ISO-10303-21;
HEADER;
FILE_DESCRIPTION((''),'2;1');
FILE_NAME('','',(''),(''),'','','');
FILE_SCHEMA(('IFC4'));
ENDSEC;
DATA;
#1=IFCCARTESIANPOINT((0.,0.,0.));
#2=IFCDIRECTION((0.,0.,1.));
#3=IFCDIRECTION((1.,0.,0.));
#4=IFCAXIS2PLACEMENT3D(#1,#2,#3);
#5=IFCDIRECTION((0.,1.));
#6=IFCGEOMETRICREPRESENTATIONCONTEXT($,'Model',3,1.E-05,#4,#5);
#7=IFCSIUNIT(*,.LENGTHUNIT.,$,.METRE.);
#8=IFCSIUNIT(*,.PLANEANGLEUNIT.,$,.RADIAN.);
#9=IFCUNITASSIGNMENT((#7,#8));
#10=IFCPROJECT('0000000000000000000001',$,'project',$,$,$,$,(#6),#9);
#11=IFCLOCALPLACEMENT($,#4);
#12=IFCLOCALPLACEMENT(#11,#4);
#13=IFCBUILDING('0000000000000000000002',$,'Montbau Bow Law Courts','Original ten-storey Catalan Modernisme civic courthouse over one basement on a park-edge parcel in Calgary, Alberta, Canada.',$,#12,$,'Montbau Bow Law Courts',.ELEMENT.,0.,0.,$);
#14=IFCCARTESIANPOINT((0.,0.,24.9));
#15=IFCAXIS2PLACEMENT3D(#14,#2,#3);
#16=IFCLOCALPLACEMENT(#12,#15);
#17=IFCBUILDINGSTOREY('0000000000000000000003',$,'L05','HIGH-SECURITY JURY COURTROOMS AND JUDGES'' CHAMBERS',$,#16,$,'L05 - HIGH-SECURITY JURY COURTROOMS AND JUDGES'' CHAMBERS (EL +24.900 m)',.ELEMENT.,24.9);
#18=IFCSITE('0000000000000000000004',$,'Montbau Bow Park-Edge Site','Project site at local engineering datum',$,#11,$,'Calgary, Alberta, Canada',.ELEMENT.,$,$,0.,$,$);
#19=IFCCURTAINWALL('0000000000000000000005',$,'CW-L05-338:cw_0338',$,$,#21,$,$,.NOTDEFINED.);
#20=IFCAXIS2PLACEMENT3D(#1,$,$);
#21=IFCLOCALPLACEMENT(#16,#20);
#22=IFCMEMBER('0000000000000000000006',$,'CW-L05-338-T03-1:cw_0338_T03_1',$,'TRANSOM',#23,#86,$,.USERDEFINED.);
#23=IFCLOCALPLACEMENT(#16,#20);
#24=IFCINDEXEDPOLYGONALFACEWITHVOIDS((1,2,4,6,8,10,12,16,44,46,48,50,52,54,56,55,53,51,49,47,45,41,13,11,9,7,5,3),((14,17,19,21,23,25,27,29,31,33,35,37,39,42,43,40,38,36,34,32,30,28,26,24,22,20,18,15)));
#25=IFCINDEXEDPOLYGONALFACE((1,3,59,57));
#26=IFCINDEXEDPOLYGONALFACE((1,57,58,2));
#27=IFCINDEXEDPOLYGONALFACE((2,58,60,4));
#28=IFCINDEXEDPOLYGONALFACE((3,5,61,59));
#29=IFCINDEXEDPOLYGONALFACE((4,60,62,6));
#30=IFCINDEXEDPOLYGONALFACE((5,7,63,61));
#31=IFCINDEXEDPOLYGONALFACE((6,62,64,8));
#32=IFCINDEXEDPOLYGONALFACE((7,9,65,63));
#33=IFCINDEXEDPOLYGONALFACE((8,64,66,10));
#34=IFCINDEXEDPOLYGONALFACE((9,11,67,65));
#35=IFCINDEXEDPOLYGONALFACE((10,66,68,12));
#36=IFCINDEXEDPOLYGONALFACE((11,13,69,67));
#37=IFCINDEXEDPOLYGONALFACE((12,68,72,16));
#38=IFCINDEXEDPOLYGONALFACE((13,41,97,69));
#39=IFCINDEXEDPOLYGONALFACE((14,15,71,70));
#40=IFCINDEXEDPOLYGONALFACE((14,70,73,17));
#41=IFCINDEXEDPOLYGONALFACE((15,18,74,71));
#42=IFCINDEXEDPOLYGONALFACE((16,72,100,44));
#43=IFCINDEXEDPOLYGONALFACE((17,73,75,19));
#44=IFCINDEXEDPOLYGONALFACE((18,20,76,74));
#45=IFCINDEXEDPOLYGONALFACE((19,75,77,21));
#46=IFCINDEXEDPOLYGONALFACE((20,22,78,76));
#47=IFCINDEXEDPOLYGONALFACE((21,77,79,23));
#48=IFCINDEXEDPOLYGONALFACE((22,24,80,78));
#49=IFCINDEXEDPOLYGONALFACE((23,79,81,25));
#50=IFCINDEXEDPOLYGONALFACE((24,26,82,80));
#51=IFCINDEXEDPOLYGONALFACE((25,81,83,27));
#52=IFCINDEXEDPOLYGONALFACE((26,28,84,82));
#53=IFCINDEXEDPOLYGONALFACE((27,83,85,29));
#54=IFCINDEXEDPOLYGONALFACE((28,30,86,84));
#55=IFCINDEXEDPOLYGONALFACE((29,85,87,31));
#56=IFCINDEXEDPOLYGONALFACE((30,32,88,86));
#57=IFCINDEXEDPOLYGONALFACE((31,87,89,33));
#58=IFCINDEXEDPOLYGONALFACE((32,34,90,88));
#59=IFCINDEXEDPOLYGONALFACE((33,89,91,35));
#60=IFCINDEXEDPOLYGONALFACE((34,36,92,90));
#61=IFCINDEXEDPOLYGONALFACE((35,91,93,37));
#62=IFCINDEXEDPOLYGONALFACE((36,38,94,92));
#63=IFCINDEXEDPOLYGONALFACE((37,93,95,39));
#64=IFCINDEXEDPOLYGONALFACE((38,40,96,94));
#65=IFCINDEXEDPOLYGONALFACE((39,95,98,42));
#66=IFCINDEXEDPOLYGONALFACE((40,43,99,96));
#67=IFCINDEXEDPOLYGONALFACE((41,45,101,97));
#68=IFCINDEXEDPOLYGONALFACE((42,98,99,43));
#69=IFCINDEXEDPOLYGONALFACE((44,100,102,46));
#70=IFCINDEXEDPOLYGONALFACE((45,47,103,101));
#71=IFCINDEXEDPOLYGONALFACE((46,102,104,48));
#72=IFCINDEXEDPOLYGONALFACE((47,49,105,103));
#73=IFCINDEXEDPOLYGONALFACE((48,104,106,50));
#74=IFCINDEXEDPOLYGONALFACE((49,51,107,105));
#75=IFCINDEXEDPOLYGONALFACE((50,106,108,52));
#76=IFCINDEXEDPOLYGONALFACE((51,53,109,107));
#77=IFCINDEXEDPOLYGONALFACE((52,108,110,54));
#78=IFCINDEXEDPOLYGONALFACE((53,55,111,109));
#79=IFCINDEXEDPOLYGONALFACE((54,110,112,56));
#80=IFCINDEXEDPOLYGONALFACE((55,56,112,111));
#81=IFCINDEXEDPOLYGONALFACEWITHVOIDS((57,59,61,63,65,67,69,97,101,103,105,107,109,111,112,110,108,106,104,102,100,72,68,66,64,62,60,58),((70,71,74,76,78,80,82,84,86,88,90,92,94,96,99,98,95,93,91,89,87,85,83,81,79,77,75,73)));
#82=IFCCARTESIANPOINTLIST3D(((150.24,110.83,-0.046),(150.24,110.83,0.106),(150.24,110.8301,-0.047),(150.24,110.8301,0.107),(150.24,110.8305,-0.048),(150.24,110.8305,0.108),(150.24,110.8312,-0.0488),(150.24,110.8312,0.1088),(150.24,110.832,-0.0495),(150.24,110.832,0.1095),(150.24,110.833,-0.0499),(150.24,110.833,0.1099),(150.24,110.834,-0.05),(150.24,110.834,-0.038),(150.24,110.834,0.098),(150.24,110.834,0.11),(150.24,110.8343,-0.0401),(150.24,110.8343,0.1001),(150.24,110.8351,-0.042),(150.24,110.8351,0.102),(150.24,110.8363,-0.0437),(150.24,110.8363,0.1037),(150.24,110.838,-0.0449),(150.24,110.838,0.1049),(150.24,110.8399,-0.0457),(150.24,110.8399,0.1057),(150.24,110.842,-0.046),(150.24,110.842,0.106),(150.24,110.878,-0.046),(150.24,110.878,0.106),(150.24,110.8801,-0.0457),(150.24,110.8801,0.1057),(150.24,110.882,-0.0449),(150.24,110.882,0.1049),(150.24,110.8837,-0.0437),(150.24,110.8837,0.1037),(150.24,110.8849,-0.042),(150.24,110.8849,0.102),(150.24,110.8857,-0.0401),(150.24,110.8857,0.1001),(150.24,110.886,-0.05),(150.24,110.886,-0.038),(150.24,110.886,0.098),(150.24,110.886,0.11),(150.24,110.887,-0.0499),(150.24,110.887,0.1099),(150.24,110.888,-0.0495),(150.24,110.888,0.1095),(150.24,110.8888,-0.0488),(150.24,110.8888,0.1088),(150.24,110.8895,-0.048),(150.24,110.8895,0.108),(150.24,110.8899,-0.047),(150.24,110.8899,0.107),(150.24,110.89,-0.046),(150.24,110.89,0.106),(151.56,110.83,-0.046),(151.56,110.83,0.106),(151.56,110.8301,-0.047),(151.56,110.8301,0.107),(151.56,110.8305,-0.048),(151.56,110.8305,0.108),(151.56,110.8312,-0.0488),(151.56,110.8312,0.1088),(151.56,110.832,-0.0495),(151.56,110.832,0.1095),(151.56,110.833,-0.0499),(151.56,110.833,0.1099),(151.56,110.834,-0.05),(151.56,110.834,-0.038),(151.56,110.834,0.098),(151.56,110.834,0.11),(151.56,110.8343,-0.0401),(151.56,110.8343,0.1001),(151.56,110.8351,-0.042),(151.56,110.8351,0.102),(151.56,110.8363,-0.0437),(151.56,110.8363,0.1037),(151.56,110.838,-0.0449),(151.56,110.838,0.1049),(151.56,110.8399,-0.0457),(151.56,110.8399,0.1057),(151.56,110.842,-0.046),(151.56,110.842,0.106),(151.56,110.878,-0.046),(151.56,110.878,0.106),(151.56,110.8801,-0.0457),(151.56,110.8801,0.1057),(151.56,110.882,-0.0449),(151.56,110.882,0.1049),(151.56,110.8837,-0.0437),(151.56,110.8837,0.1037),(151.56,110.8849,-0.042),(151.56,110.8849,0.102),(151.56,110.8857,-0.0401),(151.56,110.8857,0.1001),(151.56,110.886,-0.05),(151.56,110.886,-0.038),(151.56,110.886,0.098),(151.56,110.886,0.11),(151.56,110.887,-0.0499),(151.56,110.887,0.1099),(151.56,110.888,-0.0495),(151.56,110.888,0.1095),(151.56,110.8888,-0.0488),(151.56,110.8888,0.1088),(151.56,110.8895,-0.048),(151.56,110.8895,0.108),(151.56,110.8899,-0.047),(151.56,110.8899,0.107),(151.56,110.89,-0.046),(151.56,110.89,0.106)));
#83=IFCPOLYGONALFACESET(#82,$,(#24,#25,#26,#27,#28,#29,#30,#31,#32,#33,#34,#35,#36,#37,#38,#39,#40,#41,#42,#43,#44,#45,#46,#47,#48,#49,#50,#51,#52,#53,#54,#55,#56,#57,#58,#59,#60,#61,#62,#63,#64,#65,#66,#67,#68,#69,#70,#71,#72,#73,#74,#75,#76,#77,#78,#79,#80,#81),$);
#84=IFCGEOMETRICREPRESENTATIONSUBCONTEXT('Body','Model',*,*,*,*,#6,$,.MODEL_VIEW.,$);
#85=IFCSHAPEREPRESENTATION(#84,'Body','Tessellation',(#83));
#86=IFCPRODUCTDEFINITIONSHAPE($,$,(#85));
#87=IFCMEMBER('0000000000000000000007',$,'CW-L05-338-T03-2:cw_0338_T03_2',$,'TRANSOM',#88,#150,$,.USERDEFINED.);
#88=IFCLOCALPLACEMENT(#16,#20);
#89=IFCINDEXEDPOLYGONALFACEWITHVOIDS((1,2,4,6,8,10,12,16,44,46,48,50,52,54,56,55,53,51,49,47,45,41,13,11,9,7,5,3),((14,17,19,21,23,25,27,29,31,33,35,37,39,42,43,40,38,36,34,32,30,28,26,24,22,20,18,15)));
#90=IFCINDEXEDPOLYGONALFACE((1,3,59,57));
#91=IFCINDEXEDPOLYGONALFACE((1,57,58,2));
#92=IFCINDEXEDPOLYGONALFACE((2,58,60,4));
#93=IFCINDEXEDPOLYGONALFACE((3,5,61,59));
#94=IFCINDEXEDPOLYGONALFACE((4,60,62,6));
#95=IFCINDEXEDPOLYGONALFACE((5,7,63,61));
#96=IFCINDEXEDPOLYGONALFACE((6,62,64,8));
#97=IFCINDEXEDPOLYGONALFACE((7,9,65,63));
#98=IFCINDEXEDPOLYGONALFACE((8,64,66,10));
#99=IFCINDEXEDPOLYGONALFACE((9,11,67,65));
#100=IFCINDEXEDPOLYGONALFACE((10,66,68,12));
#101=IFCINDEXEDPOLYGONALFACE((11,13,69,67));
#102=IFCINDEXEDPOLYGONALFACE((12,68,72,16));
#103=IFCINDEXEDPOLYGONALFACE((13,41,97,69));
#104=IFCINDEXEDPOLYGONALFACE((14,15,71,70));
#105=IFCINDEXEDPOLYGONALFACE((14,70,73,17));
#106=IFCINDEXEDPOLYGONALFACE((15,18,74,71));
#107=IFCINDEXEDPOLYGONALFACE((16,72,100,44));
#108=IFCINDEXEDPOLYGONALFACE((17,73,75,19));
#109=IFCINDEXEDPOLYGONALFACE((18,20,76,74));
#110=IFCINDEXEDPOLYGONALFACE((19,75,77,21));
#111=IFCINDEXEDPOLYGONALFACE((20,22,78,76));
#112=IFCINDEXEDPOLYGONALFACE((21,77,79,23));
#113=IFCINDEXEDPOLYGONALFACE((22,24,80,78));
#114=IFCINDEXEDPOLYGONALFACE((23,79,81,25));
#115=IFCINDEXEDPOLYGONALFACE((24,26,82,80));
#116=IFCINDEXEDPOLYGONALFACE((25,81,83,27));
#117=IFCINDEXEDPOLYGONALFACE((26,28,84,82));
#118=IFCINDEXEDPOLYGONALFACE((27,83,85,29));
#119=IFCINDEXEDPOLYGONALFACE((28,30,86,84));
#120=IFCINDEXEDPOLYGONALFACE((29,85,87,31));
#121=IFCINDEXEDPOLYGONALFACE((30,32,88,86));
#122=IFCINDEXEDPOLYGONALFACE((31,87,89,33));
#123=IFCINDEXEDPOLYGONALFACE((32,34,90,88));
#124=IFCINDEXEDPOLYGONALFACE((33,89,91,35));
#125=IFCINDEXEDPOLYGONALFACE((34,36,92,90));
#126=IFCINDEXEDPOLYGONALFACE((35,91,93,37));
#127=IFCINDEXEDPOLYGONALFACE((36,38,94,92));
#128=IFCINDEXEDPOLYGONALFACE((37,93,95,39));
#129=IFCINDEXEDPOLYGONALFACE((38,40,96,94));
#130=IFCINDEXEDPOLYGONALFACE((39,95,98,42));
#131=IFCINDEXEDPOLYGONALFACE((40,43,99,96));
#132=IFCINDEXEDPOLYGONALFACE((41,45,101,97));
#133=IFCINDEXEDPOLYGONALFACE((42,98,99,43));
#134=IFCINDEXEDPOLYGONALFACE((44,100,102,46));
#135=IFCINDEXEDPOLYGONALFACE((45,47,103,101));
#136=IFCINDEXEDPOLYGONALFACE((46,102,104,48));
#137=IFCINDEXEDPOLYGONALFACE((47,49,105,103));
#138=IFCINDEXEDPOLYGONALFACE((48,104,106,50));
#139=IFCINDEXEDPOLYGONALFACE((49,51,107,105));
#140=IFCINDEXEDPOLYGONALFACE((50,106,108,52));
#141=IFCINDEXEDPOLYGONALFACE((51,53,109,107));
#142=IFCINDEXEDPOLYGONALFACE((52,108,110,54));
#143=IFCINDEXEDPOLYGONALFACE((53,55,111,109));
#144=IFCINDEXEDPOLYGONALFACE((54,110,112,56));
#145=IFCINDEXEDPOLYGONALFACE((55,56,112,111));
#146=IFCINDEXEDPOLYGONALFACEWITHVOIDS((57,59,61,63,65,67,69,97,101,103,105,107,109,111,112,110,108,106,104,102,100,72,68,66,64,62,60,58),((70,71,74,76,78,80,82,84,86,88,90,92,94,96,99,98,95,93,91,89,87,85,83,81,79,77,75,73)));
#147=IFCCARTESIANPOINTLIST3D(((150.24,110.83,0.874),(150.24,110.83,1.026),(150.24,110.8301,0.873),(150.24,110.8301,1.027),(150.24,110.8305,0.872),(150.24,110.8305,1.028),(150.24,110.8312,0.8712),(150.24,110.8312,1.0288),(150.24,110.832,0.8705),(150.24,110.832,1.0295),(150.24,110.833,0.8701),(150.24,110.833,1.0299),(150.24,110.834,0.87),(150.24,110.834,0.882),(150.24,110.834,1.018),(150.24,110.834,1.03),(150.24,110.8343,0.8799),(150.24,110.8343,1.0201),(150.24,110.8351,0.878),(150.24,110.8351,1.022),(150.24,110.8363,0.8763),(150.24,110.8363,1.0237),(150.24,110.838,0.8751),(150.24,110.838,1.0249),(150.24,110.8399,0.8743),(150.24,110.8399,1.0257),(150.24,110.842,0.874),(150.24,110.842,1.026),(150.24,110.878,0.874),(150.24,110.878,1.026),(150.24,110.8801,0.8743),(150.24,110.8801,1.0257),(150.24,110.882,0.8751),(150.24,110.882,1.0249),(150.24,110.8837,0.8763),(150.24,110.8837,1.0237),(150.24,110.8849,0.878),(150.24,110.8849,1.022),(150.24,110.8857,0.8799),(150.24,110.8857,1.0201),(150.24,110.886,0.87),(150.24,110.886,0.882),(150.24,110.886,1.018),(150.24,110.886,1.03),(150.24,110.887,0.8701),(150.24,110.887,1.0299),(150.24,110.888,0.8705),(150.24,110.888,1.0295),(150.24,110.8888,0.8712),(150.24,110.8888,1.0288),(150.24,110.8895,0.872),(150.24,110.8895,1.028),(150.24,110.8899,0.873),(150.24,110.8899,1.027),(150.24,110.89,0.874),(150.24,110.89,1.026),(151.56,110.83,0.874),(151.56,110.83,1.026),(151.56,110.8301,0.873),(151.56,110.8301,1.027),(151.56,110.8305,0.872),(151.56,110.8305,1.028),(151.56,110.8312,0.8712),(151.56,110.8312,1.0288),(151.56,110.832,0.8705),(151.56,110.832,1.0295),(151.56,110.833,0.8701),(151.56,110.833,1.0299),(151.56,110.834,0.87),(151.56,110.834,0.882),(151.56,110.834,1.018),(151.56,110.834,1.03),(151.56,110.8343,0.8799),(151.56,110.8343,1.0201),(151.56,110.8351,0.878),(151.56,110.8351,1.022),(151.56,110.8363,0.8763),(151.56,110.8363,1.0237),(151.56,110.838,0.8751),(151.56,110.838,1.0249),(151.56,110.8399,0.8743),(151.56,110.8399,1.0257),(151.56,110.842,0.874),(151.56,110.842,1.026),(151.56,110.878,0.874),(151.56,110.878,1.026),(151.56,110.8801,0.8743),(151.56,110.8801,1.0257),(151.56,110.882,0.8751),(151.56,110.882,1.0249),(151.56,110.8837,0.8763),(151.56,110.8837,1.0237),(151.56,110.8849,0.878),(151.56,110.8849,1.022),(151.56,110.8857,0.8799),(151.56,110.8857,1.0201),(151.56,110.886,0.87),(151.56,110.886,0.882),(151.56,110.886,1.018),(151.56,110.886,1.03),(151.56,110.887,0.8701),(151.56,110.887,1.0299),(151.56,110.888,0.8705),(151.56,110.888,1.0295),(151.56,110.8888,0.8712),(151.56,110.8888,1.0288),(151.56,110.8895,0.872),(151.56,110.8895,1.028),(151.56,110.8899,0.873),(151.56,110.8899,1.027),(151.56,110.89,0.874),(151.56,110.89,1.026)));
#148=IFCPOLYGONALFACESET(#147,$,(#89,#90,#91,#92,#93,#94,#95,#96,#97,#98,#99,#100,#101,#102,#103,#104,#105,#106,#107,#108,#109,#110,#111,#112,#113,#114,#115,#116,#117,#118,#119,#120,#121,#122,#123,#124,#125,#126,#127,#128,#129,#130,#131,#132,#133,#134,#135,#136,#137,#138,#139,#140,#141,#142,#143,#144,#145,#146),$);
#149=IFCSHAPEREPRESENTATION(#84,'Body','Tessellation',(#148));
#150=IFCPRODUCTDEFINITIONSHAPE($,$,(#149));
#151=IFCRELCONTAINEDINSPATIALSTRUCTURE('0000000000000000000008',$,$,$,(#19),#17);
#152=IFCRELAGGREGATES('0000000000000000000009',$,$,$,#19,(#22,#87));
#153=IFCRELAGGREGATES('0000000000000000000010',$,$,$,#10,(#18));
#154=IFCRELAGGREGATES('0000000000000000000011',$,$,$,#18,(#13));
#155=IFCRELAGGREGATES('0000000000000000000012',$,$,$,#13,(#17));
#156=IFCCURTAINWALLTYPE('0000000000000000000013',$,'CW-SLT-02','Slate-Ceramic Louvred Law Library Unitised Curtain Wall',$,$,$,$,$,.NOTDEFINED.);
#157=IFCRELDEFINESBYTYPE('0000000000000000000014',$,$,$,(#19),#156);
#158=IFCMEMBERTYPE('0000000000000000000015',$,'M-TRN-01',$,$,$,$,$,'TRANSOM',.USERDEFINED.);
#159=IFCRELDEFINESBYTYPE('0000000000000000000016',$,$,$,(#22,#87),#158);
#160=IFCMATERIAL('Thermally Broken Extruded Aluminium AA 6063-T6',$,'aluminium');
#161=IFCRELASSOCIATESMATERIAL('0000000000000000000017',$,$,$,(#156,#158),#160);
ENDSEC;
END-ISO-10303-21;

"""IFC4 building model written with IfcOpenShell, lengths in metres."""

from ifc_helpers import new_model, si_unit, direction, frame, origin_with_axes, origin_2d_with_axis, place, context, subcontext, project, spatial, hollow_rectangle, extrude, material, material_profile, profile_set, type_object, element, aggregate, save


model = new_model("IFC4")

# Units and contexts
model_context = context("Model", 3, precision=1e-05, world=origin_with_axes(), true_north=direction((0.0, 1.0)))
body_context = subcontext(model_context, "Body", "Model", "MODEL_VIEW")
ifc_project = project(units=[si_unit("LENGTHUNIT", "METRE"), si_unit("PLANEANGLEUNIT", "RADIAN")], contexts=[model_context])

# Site, building, storey
site_placement = place(None, origin_with_axes())
site = spatial("IfcSite", under=ifc_project, at=site_placement, Name="Montbau Bow Park-Edge Site", Description="Project site at local engineering datum", LongName="Calgary, Alberta, Canada", CompositionType="ELEMENT", RefElevation=0.0)
building_placement = place(site_placement, origin_with_axes())
building = spatial("IfcBuilding", under=site, at=building_placement, Name="Montbau Bow Law Courts", Description="Original ten-storey Catalan Modernisme civic courthouse over one basement on a park-edge parcel in Calgary, Alberta, Canada.", LongName="Montbau Bow Law Courts", CompositionType="ELEMENT", ElevationOfRefHeight=0.0, ElevationOfTerrain=0.0)
storey_placement = place(building_placement, frame((0.0, 0.0, 24.9), z_axis=(0.0, 0.0, 1.0), x_axis=(1.0, 0.0, 0.0)))
storey = spatial("IfcBuildingStorey", under=building, at=storey_placement, Name="L05", Description="HIGH-SECURITY JURY COURTROOMS AND JUDGES' CHAMBERS", LongName="L05 - HIGH-SECURITY JURY COURTROOMS AND JUDGES' CHAMBERS (EL +24.900 m)", CompositionType="ELEMENT", Elevation=24.9)

# Curtain wall, members
ifc_material_1 = material(Name="Thermally Broken Extruded Aluminium AA 6063-T6", Category="aluminium")
curtain_wall_type = type_object("IfcCurtainWallType", Name="CW-SLT-02", Description="Slate-Ceramic Louvred Law Library Unitised Curtain Wall", PredefinedType="NOTDEFINED", material=ifc_material_1)
curtain_wall_placement = place(None, frame((147.44, 110.86, 24.9), z_axis=(0.0, 0.0, 1.0), x_axis=(1.0, 0.0, 0.0)))
curtain_wall = element("IfcCurtainWall", 1, at=curtain_wall_placement, inside=storey, type_object=curtain_wall_type, Name="CW-L05-338:cw_0338", PredefinedType="NOTDEFINED")
ifc_material_profile_1 = material_profile(ifc_material_1, hollow_rectangle(XDim=0.06, YDim=0.16, WallThickness=0.004, InnerFilletRadius=0.008, OuterFilletRadius=0.004, at=origin_2d_with_axis()), Name="CWT-160X60", Category="Main", Priority=0)
ifc_profile_set_1 = profile_set([ifc_material_profile_1], Name="Thermally Broken Extruded Aluminium AA 6063-T6")
member_type_1 = type_object("IfcMemberType", Name="M-TRN-01", ElementType="TRANSOM", PredefinedType="USERDEFINED", material=ifc_profile_set_1)
member_1_placement = place(None, frame((150.24, 110.86, 24.93), z_axis=(1.0, 0.0, 0.0), x_axis=(0.0, 1.0, 0.0)))
member_1 = element("IfcMember", 2, at=member_1_placement, type_object=member_type_1, Name="CW-L05-338-T03-1:cw_0338_T03_1", ObjectType="TRANSOM", PredefinedType="USERDEFINED", context=body_context, shape_type="SweptSolid", body=[
    extrude(hollow_rectangle(XDim=0.06, YDim=0.16, WallThickness=0.004, InnerFilletRadius=0.008, OuterFilletRadius=0.004, at=origin_2d_with_axis()), origin_with_axes(), (0.0, 0.0, 1.0), 1.32),
])
member_2_placement = place(None, frame((150.24, 110.86, 25.85), z_axis=(1.0, 0.0, 0.0), x_axis=(0.0, 1.0, 0.0)))
member_2 = element("IfcMember", 3, at=member_2_placement, type_object=member_type_1, Name="CW-L05-338-T03-2:cw_0338_T03_2", ObjectType="TRANSOM", PredefinedType="USERDEFINED", context=body_context, shape_type="SweptSolid", body=[
    extrude(hollow_rectangle(XDim=0.06, YDim=0.16, WallThickness=0.004, InnerFilletRadius=0.008, OuterFilletRadius=0.004, at=origin_2d_with_axis()), origin_with_axes(), (0.0, 0.0, 1.0), 1.32),
])
aggregate(curtain_wall, [member_1, member_2])

save(model, "model.ifc")
